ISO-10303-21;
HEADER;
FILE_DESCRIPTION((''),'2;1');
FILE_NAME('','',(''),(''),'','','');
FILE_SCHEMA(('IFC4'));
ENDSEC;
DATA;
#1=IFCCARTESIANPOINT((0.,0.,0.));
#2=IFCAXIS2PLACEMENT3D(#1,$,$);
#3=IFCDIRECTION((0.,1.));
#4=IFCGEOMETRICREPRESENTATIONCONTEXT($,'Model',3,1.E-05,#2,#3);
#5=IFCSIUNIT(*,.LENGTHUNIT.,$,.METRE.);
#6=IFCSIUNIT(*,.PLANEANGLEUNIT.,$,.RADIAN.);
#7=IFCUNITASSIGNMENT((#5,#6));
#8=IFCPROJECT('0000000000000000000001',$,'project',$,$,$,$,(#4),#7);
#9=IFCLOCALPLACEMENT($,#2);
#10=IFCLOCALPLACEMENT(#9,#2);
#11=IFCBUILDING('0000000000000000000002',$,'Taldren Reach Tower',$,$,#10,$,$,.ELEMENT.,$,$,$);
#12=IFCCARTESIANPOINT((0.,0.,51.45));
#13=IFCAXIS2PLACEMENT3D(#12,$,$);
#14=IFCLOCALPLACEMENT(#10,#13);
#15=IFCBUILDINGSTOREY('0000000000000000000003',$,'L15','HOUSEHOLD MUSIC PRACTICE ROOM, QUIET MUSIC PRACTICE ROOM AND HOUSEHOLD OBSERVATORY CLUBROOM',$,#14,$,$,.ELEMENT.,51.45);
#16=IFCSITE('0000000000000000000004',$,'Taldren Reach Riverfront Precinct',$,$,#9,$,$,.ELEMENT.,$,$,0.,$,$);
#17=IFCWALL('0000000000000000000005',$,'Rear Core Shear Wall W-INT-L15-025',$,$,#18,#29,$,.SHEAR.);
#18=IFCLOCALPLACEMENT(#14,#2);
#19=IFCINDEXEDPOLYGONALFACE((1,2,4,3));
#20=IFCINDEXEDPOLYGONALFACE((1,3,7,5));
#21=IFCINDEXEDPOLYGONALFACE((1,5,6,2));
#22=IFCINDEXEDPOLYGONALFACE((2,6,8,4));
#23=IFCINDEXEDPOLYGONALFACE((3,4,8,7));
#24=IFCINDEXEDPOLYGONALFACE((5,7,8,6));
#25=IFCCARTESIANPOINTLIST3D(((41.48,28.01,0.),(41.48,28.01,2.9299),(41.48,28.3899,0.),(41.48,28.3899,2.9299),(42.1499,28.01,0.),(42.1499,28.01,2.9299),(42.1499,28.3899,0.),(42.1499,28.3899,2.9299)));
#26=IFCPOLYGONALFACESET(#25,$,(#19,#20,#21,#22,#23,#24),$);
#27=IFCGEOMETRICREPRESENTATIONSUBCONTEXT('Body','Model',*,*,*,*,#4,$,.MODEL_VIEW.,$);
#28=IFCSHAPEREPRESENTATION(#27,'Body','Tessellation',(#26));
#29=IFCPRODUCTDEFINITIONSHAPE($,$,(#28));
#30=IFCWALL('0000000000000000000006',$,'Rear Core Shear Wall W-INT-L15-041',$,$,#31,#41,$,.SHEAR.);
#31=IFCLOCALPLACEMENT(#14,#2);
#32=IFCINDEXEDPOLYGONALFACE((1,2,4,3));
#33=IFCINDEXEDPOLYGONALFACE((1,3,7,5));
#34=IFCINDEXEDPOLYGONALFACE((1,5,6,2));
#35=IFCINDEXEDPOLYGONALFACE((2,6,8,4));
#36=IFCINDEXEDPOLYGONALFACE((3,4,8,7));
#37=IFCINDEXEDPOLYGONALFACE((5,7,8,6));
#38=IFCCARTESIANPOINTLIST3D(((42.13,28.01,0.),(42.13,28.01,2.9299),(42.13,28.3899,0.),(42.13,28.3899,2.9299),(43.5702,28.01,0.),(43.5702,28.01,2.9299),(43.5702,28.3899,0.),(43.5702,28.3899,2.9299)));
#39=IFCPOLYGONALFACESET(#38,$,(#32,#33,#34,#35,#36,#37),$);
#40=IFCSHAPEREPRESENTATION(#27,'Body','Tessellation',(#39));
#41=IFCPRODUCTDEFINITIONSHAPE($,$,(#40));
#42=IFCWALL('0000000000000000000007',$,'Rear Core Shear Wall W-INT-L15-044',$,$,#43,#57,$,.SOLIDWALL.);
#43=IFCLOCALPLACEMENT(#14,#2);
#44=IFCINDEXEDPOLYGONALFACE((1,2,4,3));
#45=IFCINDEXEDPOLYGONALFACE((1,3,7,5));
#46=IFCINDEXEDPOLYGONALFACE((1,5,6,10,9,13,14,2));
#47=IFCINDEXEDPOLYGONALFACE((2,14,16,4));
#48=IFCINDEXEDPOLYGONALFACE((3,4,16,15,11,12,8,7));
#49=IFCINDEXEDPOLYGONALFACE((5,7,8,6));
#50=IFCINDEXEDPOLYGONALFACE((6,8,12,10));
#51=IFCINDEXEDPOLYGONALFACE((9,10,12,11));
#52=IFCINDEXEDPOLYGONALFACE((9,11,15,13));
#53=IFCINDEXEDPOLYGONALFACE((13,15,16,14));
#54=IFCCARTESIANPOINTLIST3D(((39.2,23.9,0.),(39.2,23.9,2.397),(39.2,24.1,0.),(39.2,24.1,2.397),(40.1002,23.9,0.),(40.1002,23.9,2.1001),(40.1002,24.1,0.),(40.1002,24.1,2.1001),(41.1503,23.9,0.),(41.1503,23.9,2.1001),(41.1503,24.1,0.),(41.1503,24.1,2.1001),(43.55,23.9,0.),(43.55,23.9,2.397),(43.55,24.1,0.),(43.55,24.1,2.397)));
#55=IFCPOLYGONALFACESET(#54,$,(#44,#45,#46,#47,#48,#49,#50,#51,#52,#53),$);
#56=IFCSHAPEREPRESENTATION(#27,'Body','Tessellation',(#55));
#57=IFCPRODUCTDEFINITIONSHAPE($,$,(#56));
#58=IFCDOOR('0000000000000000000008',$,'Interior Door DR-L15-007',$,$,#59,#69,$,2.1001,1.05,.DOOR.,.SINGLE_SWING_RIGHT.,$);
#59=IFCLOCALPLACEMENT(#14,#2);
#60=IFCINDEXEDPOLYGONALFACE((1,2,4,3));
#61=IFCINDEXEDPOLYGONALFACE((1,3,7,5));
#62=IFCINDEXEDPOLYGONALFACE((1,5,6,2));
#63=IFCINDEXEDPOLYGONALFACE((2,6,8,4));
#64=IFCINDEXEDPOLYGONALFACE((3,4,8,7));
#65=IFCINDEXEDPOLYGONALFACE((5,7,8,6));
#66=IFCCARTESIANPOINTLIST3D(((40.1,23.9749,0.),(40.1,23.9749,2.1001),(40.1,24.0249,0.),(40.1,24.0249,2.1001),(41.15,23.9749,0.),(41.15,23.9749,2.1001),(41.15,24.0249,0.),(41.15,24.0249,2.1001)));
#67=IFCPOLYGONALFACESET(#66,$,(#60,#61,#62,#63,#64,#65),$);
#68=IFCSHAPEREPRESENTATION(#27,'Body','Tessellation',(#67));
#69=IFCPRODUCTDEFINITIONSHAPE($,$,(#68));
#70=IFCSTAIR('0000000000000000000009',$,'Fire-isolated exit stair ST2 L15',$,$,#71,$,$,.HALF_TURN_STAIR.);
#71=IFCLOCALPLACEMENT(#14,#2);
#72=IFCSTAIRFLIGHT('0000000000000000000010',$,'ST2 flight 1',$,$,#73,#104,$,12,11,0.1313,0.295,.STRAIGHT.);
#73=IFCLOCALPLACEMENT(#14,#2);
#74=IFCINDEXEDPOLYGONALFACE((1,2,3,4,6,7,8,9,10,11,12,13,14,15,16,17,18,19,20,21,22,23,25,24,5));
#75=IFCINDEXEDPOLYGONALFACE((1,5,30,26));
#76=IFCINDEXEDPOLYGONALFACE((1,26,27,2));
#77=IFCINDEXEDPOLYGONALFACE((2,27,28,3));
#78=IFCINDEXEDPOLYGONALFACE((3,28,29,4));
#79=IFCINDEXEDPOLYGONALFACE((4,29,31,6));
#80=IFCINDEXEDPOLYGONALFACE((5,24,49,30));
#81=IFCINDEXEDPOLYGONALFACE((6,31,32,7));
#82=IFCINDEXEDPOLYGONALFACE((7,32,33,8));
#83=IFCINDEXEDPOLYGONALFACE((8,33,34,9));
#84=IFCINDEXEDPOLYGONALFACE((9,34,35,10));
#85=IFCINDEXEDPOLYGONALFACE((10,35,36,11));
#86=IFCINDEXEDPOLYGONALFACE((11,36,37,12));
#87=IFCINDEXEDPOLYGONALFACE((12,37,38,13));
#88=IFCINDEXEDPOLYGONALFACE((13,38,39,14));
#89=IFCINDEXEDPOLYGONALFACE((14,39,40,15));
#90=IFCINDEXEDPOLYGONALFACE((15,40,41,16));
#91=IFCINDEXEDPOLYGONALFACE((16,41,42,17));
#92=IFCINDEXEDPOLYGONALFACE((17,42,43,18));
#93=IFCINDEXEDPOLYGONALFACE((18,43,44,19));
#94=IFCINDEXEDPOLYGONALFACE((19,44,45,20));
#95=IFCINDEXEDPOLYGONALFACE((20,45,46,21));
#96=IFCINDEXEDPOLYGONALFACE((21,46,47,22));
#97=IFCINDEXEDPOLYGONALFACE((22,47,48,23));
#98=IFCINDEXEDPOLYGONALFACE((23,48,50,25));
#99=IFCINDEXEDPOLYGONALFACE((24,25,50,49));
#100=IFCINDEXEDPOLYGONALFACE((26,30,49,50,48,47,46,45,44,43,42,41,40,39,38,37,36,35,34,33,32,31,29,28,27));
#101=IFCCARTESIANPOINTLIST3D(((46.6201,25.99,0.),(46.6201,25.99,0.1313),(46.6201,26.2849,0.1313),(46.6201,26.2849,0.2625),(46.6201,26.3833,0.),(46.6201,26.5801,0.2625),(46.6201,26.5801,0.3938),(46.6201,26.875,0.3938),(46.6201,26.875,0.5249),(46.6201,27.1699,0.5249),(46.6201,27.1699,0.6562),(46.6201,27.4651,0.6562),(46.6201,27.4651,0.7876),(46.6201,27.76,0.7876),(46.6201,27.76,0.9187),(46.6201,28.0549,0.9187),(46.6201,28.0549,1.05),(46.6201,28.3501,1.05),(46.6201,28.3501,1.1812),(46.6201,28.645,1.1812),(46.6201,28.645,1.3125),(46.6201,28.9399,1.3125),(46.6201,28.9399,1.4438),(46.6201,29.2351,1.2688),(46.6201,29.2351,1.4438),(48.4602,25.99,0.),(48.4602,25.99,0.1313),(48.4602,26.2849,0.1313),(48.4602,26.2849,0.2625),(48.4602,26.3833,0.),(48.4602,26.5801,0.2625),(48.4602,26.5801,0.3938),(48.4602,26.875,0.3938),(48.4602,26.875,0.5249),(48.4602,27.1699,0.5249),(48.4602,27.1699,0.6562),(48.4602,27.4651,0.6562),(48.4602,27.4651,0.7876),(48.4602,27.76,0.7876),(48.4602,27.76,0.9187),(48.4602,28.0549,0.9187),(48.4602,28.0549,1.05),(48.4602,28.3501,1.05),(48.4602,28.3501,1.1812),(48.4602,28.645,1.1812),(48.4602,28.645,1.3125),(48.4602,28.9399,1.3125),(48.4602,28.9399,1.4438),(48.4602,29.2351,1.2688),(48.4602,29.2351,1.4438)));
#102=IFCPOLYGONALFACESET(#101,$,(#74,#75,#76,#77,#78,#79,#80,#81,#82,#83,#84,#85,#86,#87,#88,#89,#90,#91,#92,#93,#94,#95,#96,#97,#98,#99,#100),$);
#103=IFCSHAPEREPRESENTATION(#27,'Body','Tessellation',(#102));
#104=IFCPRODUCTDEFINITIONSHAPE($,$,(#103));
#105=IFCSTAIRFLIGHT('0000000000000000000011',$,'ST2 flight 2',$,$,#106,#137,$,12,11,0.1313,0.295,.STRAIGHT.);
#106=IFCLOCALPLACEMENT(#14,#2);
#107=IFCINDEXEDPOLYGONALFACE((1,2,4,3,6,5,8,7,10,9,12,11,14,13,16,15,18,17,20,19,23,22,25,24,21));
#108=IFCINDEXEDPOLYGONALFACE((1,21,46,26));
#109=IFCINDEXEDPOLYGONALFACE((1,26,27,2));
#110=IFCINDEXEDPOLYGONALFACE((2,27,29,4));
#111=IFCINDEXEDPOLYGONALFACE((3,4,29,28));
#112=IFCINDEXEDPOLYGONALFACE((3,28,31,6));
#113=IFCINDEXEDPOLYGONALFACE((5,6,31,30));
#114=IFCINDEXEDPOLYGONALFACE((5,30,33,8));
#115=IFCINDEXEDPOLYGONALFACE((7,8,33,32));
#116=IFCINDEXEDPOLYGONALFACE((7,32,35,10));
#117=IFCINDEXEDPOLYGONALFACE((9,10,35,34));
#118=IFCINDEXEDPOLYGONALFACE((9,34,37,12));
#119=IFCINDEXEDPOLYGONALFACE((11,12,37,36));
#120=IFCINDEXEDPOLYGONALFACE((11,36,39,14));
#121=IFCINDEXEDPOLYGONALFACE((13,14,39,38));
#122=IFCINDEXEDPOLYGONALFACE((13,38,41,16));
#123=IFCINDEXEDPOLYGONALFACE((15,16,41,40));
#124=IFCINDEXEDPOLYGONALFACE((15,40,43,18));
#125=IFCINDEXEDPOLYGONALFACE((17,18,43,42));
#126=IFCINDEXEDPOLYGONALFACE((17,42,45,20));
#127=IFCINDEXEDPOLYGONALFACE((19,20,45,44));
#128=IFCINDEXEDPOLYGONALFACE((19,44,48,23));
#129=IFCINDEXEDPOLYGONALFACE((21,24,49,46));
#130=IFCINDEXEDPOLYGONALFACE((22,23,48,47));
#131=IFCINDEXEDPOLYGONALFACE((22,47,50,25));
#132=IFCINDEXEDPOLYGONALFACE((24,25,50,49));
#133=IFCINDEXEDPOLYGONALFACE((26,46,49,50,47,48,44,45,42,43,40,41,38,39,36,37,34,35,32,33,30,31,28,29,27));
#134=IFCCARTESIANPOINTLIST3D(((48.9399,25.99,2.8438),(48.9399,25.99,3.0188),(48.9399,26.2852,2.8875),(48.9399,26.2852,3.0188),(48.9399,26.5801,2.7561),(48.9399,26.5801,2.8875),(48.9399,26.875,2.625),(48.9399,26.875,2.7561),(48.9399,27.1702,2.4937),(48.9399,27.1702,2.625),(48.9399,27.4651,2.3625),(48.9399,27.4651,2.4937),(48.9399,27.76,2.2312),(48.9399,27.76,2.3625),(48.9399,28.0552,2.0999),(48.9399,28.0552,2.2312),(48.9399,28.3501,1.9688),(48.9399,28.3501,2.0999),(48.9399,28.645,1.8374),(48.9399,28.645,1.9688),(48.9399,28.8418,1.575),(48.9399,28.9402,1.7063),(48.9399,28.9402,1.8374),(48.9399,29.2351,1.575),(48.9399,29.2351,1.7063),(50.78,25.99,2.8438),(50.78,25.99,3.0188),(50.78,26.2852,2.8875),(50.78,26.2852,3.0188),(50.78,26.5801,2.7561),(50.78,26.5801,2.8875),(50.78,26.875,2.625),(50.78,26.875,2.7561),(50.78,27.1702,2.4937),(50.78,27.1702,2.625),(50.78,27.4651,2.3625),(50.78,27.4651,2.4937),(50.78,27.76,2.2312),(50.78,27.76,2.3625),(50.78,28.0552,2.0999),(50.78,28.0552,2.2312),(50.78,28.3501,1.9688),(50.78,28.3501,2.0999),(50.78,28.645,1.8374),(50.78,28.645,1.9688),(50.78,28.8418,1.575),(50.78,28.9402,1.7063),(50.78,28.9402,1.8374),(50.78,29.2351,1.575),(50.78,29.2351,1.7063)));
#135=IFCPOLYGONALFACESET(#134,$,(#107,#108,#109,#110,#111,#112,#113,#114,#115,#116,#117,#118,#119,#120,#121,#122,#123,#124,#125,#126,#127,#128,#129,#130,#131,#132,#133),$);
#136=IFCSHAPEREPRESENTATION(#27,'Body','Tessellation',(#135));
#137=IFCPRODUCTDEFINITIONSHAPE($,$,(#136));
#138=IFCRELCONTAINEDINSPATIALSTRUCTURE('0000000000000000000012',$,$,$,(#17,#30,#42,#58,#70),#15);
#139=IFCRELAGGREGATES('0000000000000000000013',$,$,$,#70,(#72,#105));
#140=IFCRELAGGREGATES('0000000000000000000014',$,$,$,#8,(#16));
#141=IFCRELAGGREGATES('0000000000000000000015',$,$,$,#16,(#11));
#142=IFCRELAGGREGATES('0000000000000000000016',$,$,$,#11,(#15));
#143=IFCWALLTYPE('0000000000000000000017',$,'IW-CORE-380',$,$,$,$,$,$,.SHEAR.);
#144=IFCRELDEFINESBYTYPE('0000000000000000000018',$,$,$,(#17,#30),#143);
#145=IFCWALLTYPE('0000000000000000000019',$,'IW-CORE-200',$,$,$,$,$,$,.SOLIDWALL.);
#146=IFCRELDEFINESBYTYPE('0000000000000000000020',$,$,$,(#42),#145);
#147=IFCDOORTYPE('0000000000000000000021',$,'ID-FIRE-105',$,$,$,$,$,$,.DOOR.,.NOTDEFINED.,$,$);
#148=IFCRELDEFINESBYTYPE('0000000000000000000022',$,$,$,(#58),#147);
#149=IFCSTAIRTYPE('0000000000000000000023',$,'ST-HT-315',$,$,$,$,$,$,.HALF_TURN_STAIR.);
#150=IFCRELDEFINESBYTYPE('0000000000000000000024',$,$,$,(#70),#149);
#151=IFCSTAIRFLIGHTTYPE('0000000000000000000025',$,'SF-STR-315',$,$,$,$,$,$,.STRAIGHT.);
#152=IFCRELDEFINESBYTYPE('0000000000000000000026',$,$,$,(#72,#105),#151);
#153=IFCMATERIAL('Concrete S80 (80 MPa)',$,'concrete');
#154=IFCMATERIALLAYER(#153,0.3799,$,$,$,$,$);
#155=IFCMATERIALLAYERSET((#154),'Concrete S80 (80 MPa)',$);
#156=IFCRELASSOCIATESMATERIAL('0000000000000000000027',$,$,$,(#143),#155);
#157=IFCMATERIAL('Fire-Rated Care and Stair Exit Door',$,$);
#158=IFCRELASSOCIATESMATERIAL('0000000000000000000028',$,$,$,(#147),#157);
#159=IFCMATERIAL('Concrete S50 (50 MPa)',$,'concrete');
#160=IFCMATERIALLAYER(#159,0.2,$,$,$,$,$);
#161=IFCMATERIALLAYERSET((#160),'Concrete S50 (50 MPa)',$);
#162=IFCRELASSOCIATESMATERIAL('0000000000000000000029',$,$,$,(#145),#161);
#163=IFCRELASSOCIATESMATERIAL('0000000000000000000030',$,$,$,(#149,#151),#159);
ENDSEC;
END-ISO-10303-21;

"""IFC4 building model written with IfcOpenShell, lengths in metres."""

from ifc_helpers import new_model, si_unit, direction, frame, frame_2d, origin, place, context, subcontext, project, spatial, polyline, rectangle, outline, extrude, source, transform, mapped, material, layer, layer_set, type_object, element, fill, aggregate, save


model = new_model("IFC4")

# Units and contexts
model_context = context("Model", 3, precision=1e-05, world=origin(), true_north=direction((0.0, 1.0)))
body_context = subcontext(model_context, "Body", "Model", "MODEL_VIEW")
ifc_project = project(units=[si_unit("LENGTHUNIT", "METRE"), si_unit("PLANEANGLEUNIT", "RADIAN")], contexts=[model_context])

# Site, building, storey
site_placement = place(None, origin())
site = spatial("IfcSite", under=ifc_project, at=site_placement, Name="Taldren Reach Riverfront Precinct", CompositionType="ELEMENT", RefElevation=0.0)
building_placement = place(site_placement, origin())
building = spatial("IfcBuilding", under=site, at=building_placement, Name="Taldren Reach Tower", CompositionType="ELEMENT")
storey_placement = place(building_placement, frame((0.0, 0.0, 51.45)))
storey = spatial("IfcBuildingStorey", under=building, at=storey_placement, Name="L15", Description="HOUSEHOLD MUSIC PRACTICE ROOM, QUIET MUSIC PRACTICE ROOM AND HOUSEHOLD OBSERVATORY CLUBROOM", CompositionType="ELEMENT", Elevation=51.45)

# Shared definitions
ifc_material_1 = material(Name="Concrete S80 (80 MPa)", Category="concrete")
ifc_layer_1 = layer(ifc_material_1, 0.3799)
ifc_layer_set_1 = layer_set([ifc_layer_1], Name="Concrete S80 (80 MPa)")
wall_type_1 = type_object("IfcWallType", Name="IW-CORE-380", PredefinedType="SHEAR", material=ifc_layer_set_1)

# Shared definitions
ifc_material_2 = material(Name="Fire-Rated Care and Stair Exit Door")
door_type_1 = type_object("IfcDoorType", Name="ID-FIRE-105", OperationType="NOTDEFINED", PredefinedType="DOOR", material=ifc_material_2)
shared_shape_1 = source(origin(), body_context, "Body", "SweptSolid", [
    extrude(rectangle(XDim=1.05, YDim=2.1001, at=frame_2d((0.5249, 1.05))), frame((0.0, 0.0249, 0.0), z_axis=(0.0, -1.0, 0.0), x_axis=(1.0, 0.0, 0.0)), (0.0, 0.0, 1.0), 0.05),
])

# Shared definitions
ifc_material_3 = material(Name="Concrete S50 (50 MPa)", Category="concrete")
ifc_layer_2 = layer(ifc_material_3, 0.2)
ifc_layer_set_2 = layer_set([ifc_layer_2], Name="Concrete S50 (50 MPa)")
wall_type_2 = type_object("IfcWallType", Name="IW-CORE-200", PredefinedType="SOLIDWALL", material=ifc_layer_set_2)

# Shared definitions
shared_shape_2 = source(origin(), body_context, "Body", "SweptSolid", [
    extrude(rectangle(XDim=1.05, YDim=2.1001, at=frame_2d((0.5249, 1.05))), frame((0.0, 0.1099, 0.0), z_axis=(0.0, -1.0, 0.0), x_axis=(1.0, 0.0, 0.0)), (0.0, 0.0, 1.0), 0.22),
])

# Walls
shared_shape_3 = source(origin(), body_context, "Body", "SweptSolid", [
    extrude(rectangle(XDim=0.6699, YDim=0.3799, at=frame_2d((0.335, 0.0))), origin(), (0.0, 0.0, 1.0), 2.9299),
])
wall_1_placement = place(storey_placement, frame((42.1499, 28.2, 0.0), z_axis=(0.0, 0.0, 1.0), x_axis=(-1.0, 0.0, 0.0)))
element("IfcWall", 1, at=wall_1_placement, inside=storey, type_object=wall_type_1, Name="Rear Core Shear Wall W-INT-L15-025", PredefinedType="SHEAR", context=body_context, shape_type="MappedRepresentation", body=[
    mapped(shared_shape_3, transform((0.0, 0.0, 0.0), scale=1.0)),
])
shared_shape_4 = source(origin(), body_context, "Body", "SweptSolid", [
    extrude(rectangle(XDim=1.4402, YDim=0.3799, at=frame_2d((0.7202, 0.0))), origin(), (0.0, 0.0, 1.0), 2.9299),
])
wall_2_placement = place(storey_placement, frame((42.1299, 28.2, 0.0), z_axis=(0.0, 0.0, 1.0), x_axis=(1.0, 0.0, 0.0)))
element("IfcWall", 2, at=wall_2_placement, inside=storey, type_object=wall_type_1, Name="Rear Core Shear Wall W-INT-L15-041", PredefinedType="SHEAR", context=body_context, shape_type="MappedRepresentation", body=[
    mapped(shared_shape_4, transform((0.0, 0.0, 0.0), scale=1.0)),
])

# Wall, opening, door
shared_shape_5 = source(origin(), body_context, "Body", "SweptSolid", [
    extrude(rectangle(XDim=4.3501, YDim=0.2, at=frame_2d((2.175, 0.0))), origin(), (0.0, 0.0, 1.0), 2.397),
])
wall_3_placement = place(storey_placement, frame((43.55, 24.0, 0.0), z_axis=(0.0, 0.0, 1.0), x_axis=(-1.0, 0.0, 0.0)))
wall_3 = element("IfcWall", 3, at=wall_3_placement, inside=storey, type_object=wall_type_2, Name="Rear Core Shear Wall W-INT-L15-044", PredefinedType="SOLIDWALL", context=body_context, shape_type="MappedRepresentation", body=[
    mapped(shared_shape_5, transform((0.0, 0.0, 0.0), scale=1.0)),
])
opening_1_placement = place(wall_3_placement, frame((2.3999, 0.0, 0.0)))
opening_1 = element("IfcOpeningElement", 4, at=opening_1_placement, cuts=wall_3, PredefinedType="OPENING", context=body_context, shape_type="MappedRepresentation", body=[
    mapped(shared_shape_2, transform((0.0, 0.0, 0.0), scale=1.0)),
])
door_1_placement = place(opening_1_placement, frame((1.05, 0.0, 0.0), z_axis=(0.0, 0.0, 1.0), x_axis=(-1.0, 0.0, 0.0)))
door_1 = element("IfcDoor", 5, at=door_1_placement, inside=storey, type_object=door_type_1, Name="Interior Door DR-L15-007", OperationType="SINGLE_SWING_RIGHT", OverallHeight=2.1001, OverallWidth=1.05, PredefinedType="DOOR", context=body_context, shape_type="MappedRepresentation", body=[
    mapped(shared_shape_1, transform((0.0, 0.0, 0.0), scale=1.0)),
])
fill(opening_1, door_1)

# Stair, stair flights
stair_type = type_object("IfcStairType", Name="ST-HT-315", PredefinedType="HALF_TURN_STAIR", material=ifc_material_3)
stair_placement = place(storey_placement, origin())
stair = element("IfcStair", 6, at=stair_placement, inside=storey, type_object=stair_type, Name="Fire-isolated exit stair ST2 L15", PredefinedType="HALF_TURN_STAIR")
stair_flight_type = type_object("IfcStairFlightType", Name="SF-STR-315", PredefinedType="STRAIGHT", material=ifc_material_3)
stair_flight_1_placement = place(storey_placement, frame((47.54, 25.99, 0.0), z_axis=(0.0, 0.0, 1.0), x_axis=(0.0, 1.0, 0.0)))
stair_flight_1 = element("IfcStairFlight", 7, at=stair_flight_1_placement, type_object=stair_flight_type, Name="ST2 flight 1", NumberOfRisers=12, NumberOfTreads=11, PredefinedType="STRAIGHT", RiserHeight=0.1313, TreadLength=0.295, context=body_context, shape_type="SweptSolid", body=[
    extrude(outline(polyline([(0.0, 0.0), (0.0, 0.1313), (0.2949, 0.1313), (0.2949, 0.2625), (0.5901, 0.2625), (0.5901, 0.3938), (0.885, 0.3938), (0.885, 0.5249), (1.1799, 0.5249), (1.1799, 0.6562), (1.4751, 0.6562), (1.4751, 0.7876), (1.77, 0.7876), (1.77, 0.9187), (2.0649, 0.9187), (2.0649, 1.05), (2.3601, 1.05), (2.3601, 1.1812), (2.655, 1.1812), (2.655, 1.3125), (2.95, 1.3125), (2.95, 1.4438), (3.2451, 1.4438), (3.2451, 1.575), (3.2451, 1.2688), (0.3933, 0.0), (0.0, 0.0)])), frame((0.0, 0.9199, 0.0), z_axis=(0.0, -1.0, 0.0), x_axis=(1.0, 0.0, 0.0)), (0.0, 0.0, 1.0), 1.8401),
])
stair_flight_2_placement = place(storey_placement, frame((49.8601, 29.2351, 1.575), z_axis=(0.0, 0.0, 1.0), x_axis=(0.0, -1.0, 0.0)))
stair_flight_2 = element("IfcStairFlight", 8, at=stair_flight_2_placement, type_object=stair_flight_type, Name="ST2 flight 2", NumberOfRisers=12, NumberOfTreads=11, PredefinedType="STRAIGHT", RiserHeight=0.1313, TreadLength=0.295, context=body_context, shape_type="SweptSolid", body=[
    extrude(outline(polyline([(0.0, 0.0), (0.0, 0.1313), (0.2949, 0.1313), (0.2949, 0.2625), (0.5901, 0.2625), (0.5901, 0.3938), (0.885, 0.3938), (0.885, 0.5249), (1.1799, 0.5249), (1.1799, 0.6562), (1.4751, 0.6562), (1.4751, 0.7876), (1.77, 0.7876), (1.77, 0.9187), (2.0649, 0.9187), (2.0649, 1.05), (2.3601, 1.05), (2.3601, 1.1812), (2.655, 1.1812), (2.655, 1.3125), (2.95, 1.3125), (2.95, 1.4438), (3.2451, 1.4438), (3.2451, 1.575), (3.2451, 1.2688), (0.3933, 0.0), (0.0, 0.0)])), frame((0.0, 0.9199, 0.0), z_axis=(0.0, -1.0, 0.0), x_axis=(1.0, 0.0, 0.0)), (0.0, 0.0, 1.0), 1.8401),
])
aggregate(stair, [stair_flight_1, stair_flight_2])

save(model, "model.ifc")
